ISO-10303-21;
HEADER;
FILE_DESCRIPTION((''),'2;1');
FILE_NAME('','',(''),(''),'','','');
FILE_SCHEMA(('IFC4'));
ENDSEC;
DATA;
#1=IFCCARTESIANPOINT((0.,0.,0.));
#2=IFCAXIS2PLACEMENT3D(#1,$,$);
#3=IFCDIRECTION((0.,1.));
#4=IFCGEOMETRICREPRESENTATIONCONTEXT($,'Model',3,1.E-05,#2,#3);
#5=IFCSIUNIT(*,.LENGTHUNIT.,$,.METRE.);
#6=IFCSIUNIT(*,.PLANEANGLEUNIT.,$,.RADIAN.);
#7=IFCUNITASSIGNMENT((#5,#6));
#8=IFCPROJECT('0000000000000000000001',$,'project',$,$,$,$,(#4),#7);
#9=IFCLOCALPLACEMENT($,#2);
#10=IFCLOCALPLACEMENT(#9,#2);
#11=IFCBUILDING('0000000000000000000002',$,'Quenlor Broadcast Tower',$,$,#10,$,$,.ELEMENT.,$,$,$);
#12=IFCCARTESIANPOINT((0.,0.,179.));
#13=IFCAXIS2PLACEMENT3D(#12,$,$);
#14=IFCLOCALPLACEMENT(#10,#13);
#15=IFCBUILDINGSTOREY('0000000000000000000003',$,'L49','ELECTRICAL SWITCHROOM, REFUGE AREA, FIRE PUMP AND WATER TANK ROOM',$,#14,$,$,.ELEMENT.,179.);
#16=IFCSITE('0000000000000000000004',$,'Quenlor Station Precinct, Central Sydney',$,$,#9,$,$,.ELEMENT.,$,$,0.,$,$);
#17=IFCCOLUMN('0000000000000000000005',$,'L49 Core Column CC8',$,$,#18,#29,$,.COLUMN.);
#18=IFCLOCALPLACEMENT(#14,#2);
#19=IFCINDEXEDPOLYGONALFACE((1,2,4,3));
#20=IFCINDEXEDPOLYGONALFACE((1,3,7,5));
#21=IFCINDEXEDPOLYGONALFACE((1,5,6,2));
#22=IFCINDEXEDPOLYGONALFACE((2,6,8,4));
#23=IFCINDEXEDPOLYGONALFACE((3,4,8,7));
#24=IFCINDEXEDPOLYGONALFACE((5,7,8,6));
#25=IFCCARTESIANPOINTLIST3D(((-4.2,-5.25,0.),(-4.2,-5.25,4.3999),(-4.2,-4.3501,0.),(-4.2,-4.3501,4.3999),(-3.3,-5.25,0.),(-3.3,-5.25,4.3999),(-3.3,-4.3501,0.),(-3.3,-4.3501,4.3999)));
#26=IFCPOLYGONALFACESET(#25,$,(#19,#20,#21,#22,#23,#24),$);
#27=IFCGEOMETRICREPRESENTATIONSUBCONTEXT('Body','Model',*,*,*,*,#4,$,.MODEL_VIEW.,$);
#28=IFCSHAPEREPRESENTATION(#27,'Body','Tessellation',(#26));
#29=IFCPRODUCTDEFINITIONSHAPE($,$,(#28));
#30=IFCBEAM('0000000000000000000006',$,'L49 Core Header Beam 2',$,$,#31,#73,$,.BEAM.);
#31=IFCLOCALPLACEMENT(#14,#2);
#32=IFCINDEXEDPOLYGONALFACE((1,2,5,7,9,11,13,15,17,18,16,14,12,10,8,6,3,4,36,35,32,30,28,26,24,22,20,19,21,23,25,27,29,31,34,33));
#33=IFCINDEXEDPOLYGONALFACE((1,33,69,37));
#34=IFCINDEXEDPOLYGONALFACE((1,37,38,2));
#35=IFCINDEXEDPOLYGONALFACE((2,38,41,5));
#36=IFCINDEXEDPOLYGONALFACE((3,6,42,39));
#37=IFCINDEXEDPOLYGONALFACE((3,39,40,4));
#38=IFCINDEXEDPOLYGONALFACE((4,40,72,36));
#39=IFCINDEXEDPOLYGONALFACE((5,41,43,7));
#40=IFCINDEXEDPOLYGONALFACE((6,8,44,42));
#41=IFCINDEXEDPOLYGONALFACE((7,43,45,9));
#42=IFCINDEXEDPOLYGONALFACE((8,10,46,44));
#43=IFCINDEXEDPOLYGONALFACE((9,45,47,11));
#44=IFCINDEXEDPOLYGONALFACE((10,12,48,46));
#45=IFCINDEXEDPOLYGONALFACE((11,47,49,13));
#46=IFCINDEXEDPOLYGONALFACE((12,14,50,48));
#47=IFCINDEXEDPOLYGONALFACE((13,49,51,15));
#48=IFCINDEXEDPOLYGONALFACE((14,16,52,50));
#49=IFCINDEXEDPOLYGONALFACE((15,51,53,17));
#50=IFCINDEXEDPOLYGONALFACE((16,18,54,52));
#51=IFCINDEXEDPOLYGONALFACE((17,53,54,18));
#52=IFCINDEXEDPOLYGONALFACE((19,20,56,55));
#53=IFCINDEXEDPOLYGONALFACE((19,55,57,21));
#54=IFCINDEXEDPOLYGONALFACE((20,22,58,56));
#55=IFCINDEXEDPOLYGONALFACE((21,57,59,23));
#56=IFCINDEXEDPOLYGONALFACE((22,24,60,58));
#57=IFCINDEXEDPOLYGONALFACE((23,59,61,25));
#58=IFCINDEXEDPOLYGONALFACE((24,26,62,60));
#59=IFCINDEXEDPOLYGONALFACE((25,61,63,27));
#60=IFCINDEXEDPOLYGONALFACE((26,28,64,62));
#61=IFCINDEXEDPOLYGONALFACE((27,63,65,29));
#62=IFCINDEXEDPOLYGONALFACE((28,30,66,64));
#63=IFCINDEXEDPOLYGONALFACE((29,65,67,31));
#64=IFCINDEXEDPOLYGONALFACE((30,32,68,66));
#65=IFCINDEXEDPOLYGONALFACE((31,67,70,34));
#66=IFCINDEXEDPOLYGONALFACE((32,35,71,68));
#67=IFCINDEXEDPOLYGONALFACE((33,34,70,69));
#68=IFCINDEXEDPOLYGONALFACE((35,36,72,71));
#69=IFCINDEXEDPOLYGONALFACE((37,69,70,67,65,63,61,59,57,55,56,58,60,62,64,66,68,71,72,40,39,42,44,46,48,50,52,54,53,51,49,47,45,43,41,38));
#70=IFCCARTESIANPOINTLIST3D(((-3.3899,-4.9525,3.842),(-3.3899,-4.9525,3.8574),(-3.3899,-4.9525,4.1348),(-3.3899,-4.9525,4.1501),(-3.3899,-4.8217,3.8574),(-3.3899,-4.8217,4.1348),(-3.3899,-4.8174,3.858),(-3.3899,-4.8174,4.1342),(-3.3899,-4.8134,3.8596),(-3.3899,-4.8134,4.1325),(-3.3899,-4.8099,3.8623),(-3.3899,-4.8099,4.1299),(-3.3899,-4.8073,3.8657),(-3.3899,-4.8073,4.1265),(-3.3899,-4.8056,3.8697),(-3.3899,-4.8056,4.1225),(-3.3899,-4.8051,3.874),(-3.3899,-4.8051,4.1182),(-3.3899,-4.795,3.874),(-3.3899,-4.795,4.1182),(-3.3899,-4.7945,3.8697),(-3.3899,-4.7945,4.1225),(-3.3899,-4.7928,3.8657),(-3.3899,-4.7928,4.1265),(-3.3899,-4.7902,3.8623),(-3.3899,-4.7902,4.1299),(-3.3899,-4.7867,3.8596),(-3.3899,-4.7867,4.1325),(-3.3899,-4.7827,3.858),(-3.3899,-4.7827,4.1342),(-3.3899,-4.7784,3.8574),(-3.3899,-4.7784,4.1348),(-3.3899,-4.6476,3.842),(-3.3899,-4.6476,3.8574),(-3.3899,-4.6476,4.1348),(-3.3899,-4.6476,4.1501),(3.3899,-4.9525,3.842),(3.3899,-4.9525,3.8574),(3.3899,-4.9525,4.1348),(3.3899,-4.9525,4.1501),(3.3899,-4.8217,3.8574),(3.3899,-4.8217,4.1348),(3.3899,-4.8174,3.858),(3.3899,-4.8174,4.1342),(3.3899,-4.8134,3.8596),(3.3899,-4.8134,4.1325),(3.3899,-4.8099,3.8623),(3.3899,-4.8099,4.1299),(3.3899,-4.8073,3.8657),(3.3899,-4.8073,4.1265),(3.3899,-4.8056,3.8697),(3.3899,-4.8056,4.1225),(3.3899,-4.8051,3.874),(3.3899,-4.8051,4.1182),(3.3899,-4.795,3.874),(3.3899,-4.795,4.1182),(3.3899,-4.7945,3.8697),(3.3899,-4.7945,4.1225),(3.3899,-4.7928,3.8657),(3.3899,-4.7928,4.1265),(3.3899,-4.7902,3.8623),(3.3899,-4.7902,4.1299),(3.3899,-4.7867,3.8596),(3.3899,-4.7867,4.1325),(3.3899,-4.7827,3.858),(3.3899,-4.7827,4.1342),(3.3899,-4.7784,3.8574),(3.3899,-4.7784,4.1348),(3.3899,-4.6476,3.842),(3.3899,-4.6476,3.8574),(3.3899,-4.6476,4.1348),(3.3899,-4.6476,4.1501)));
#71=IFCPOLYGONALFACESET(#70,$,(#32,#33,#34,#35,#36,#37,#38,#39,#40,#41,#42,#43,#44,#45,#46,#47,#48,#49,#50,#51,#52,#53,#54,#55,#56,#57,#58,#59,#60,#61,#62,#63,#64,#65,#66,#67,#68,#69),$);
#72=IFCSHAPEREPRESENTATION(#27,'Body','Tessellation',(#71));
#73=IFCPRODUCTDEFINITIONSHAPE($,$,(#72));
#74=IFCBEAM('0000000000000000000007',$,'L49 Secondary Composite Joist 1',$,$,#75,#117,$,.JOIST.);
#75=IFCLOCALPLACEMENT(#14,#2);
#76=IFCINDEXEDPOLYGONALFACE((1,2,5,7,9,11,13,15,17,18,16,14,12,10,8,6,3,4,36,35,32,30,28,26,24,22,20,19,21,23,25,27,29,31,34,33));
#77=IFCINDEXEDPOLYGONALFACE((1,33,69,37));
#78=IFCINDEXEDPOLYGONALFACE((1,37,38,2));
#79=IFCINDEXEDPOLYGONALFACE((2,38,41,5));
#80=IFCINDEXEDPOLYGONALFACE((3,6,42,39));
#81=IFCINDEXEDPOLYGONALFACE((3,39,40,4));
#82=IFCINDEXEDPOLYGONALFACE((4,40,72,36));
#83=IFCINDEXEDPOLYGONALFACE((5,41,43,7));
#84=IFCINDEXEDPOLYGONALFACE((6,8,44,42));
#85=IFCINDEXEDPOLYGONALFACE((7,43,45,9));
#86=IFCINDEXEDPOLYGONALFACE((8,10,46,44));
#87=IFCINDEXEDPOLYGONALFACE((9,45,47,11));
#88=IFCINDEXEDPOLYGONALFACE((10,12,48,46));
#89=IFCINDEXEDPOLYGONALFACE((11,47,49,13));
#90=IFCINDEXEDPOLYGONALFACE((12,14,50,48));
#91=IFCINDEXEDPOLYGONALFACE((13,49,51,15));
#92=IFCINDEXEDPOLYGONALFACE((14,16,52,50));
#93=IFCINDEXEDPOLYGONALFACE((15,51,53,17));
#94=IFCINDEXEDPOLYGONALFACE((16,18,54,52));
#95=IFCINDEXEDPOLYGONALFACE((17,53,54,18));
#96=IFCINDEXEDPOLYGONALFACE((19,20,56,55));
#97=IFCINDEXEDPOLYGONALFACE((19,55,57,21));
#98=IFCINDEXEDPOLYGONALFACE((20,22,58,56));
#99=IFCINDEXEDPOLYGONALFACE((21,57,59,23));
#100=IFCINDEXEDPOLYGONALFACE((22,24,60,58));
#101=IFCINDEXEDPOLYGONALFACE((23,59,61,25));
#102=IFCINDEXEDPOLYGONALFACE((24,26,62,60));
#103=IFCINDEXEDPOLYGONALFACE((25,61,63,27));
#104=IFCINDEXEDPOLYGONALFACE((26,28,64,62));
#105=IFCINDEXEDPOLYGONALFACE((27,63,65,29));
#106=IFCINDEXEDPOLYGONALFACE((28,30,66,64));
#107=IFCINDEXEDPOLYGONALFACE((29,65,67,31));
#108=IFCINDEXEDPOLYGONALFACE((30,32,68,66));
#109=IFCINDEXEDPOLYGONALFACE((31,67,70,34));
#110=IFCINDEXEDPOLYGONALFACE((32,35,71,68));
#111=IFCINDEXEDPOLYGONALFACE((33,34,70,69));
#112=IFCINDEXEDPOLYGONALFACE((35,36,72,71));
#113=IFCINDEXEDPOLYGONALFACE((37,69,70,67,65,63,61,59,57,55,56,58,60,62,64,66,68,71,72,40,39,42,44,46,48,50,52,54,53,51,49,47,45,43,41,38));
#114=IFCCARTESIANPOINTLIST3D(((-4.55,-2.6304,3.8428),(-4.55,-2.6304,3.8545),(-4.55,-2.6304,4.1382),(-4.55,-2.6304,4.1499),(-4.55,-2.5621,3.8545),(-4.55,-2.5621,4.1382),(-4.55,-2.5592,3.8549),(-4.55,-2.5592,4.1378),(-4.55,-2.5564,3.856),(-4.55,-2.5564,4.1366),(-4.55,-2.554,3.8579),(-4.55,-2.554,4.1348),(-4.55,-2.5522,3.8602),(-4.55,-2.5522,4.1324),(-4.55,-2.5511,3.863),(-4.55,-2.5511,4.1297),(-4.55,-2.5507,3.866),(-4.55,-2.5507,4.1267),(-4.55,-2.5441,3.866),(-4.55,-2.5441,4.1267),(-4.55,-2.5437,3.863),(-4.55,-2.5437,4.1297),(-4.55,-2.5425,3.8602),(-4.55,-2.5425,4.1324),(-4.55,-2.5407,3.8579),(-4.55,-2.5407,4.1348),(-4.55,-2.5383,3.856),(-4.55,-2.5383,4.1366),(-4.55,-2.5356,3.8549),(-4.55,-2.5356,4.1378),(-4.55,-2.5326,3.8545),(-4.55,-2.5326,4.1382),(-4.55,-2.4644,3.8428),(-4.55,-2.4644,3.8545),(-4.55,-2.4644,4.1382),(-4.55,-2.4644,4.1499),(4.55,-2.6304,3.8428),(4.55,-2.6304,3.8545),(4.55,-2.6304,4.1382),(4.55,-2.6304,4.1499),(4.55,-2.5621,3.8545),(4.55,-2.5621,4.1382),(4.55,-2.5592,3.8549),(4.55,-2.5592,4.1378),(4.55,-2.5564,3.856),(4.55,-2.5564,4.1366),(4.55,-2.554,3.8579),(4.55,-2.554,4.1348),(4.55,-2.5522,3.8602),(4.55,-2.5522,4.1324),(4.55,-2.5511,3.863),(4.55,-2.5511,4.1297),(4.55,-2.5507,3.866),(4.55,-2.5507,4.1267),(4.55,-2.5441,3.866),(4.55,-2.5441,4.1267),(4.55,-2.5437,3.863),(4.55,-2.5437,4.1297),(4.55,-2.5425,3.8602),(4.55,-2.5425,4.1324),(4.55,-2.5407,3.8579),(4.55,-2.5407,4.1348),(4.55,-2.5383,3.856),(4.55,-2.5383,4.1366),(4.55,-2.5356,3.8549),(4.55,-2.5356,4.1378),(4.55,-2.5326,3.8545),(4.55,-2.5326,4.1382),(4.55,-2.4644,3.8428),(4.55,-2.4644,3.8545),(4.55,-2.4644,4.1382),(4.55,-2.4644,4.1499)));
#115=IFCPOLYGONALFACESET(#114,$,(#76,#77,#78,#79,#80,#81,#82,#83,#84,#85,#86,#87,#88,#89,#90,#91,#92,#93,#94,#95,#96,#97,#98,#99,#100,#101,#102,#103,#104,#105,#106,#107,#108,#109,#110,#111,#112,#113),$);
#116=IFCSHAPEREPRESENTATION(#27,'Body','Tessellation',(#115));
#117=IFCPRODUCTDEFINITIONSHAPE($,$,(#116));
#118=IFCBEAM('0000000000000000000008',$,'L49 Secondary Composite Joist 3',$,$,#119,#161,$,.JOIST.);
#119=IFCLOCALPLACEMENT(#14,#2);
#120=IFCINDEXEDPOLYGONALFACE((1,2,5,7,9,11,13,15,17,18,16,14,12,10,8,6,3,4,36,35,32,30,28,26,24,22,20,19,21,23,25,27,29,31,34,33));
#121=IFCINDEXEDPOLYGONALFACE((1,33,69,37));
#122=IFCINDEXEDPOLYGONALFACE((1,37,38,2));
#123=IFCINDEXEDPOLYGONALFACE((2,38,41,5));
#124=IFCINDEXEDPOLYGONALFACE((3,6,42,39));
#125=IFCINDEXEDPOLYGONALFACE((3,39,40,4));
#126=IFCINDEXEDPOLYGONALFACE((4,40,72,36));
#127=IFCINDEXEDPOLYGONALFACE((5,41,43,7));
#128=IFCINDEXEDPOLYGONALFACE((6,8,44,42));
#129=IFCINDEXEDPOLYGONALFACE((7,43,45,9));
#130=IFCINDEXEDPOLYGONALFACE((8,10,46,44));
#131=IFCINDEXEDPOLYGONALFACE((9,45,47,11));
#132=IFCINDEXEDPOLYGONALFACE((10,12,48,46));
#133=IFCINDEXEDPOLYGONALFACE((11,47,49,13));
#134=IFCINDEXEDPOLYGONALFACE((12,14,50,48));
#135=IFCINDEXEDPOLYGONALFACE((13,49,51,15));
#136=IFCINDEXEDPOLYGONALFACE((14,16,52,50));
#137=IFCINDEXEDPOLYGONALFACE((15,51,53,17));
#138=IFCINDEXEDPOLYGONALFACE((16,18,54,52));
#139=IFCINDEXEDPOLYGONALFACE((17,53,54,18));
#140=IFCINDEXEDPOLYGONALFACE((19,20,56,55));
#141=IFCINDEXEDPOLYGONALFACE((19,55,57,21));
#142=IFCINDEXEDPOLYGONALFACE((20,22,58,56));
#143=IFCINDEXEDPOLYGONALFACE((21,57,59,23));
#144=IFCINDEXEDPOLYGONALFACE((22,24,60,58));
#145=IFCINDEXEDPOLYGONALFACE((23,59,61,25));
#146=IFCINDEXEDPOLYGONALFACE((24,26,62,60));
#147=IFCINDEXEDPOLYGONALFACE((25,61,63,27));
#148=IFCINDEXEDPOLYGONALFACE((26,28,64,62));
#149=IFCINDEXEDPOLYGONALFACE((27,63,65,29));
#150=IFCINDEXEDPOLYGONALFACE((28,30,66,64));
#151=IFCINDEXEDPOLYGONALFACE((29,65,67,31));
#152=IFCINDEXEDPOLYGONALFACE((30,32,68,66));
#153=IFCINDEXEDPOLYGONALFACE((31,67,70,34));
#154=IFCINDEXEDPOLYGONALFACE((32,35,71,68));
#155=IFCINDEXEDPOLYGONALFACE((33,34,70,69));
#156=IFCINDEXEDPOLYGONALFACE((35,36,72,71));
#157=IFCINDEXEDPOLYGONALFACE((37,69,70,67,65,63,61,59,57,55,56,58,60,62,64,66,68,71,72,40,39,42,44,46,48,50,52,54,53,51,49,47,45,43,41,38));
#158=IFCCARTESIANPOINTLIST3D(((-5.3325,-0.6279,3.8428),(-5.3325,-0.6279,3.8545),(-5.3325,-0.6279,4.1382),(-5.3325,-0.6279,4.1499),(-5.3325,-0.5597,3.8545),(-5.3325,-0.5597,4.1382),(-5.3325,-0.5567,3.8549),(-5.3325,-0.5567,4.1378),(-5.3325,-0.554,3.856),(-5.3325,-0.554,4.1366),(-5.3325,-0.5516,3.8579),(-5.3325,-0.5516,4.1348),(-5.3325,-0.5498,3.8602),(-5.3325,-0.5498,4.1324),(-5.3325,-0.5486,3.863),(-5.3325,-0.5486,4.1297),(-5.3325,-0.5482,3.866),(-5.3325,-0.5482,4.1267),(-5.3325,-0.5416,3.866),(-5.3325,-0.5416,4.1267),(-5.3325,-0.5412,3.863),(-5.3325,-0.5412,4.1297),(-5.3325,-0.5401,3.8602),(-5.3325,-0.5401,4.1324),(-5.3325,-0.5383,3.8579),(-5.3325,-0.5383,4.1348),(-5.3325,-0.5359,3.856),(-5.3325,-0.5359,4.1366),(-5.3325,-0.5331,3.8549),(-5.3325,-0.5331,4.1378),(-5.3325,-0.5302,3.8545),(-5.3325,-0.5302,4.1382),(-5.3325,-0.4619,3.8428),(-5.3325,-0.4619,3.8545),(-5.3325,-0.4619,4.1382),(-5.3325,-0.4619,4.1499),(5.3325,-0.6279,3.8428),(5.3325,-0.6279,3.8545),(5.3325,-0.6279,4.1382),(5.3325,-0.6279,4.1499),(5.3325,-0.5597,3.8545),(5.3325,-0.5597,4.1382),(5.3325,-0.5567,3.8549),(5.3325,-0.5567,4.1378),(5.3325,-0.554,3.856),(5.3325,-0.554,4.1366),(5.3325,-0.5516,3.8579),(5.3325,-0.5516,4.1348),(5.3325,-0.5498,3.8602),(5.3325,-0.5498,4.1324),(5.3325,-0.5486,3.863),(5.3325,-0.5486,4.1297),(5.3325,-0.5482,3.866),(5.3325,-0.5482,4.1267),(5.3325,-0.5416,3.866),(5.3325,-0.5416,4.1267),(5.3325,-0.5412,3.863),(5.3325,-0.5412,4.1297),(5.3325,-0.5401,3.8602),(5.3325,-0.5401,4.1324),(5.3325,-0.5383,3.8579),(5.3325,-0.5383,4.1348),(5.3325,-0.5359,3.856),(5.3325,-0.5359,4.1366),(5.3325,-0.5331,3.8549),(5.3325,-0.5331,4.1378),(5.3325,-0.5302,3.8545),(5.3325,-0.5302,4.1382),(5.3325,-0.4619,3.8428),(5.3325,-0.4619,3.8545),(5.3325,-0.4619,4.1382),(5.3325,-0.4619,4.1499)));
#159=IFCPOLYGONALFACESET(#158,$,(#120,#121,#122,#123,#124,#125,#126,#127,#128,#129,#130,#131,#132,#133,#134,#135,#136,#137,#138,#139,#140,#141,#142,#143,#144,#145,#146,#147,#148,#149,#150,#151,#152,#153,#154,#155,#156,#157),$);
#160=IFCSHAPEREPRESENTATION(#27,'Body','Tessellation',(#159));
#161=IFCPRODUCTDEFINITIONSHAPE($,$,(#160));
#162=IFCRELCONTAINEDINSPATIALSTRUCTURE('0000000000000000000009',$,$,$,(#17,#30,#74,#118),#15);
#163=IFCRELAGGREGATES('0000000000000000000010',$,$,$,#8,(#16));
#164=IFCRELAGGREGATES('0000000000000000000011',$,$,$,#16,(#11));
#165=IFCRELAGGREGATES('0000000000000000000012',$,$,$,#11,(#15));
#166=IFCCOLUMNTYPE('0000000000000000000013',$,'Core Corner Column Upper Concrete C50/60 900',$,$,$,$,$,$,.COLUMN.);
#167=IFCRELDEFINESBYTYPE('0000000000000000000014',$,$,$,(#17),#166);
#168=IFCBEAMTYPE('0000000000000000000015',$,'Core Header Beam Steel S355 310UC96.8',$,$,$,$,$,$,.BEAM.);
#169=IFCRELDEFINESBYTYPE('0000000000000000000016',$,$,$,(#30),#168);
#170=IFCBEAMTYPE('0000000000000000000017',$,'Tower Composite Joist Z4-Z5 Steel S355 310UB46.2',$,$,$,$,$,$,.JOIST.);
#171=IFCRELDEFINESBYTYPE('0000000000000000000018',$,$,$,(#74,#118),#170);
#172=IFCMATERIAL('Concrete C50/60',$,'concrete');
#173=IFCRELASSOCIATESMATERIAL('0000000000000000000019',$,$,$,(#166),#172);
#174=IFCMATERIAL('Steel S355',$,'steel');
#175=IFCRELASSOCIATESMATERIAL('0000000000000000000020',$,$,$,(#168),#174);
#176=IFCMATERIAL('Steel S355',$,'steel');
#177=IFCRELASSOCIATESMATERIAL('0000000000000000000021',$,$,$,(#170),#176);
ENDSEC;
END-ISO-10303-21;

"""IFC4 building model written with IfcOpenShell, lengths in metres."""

from ifc_helpers import new_model, si_unit, direction, frame, origin, origin_2d, place, context, subcontext, project, spatial, rectangle, i_section, extrude, material, material_profile, profile_set, type_object, element, save


model = new_model("IFC4")

# Units and contexts
model_context = context("Model", 3, precision=1e-05, world=origin(), true_north=direction((0.0, 1.0)))
body_context = subcontext(model_context, "Body", "Model", "MODEL_VIEW")
ifc_project = project(units=[si_unit("LENGTHUNIT", "METRE"), si_unit("PLANEANGLEUNIT", "RADIAN")], contexts=[model_context])

# Site, building, storey
site_placement = place(None, origin())
site = spatial("IfcSite", under=ifc_project, at=site_placement, Name="Quenlor Station Precinct, Central Sydney", CompositionType="ELEMENT", RefElevation=0.0)
building_placement = place(site_placement, origin())
building = spatial("IfcBuilding", under=site, at=building_placement, Name="Quenlor Broadcast Tower", CompositionType="ELEMENT")
storey_placement = place(building_placement, frame((0.0, 0.0, 179.0)))
storey = spatial("IfcBuildingStorey", under=building, at=storey_placement, Name="L49", Description="ELECTRICAL SWITCHROOM, REFUGE AREA, FIRE PUMP AND WATER TANK ROOM", CompositionType="ELEMENT", Elevation=179.0)

# Column
ifc_material_1 = material(Name="Concrete C50/60", Category="concrete")
ifc_material_profile_1 = material_profile(ifc_material_1, rectangle(XDim=0.8999, YDim=0.8999, at=origin_2d()))
ifc_profile_set_1 = profile_set([ifc_material_profile_1], Name="Concrete C50/60 RC900x900")
column_type = type_object("IfcColumnType", Name="Core Corner Column Upper Concrete C50/60 900", PredefinedType="COLUMN", material=ifc_profile_set_1)
column_placement = place(storey_placement, frame((-3.75, -4.8, 0.0), z_axis=(0.0, 0.0, 1.0), x_axis=(1.0, 0.0, 0.0)))
element("IfcColumn", 1, at=column_placement, inside=storey, type_object=column_type, Name="L49 Core Column CC8", PredefinedType="COLUMN", context=body_context, shape_type="SweptSolid", body=[
    extrude(rectangle(XDim=0.8999, YDim=0.8999, at=origin_2d()), origin(), (0.0, 0.0, 1.0), 4.3999),
])

# Beams
ifc_material_2 = material(Name="Steel S355", Category="steel")
ifc_material_profile_2 = material_profile(ifc_material_2, i_section(OverallWidth=0.3049, OverallDepth=0.3081, WebThickness=0.01, FlangeThickness=0.0154, FilletRadius=0.0166, at=origin_2d()))
ifc_profile_set_2 = profile_set([ifc_material_profile_2], Name="Steel S355 310UC96.8")
beam_type_1 = type_object("IfcBeamType", Name="Core Header Beam Steel S355 310UC96.8", PredefinedType="BEAM", material=ifc_profile_set_2)
beam_1_placement = place(storey_placement, frame((-3.3899, -4.8, 3.9961), z_axis=(1.0, 0.0, 0.0), x_axis=(0.0, 1.0, 0.0)))
element("IfcBeam", 2, at=beam_1_placement, inside=storey, type_object=beam_type_1, Name="L49 Core Header Beam 2", PredefinedType="BEAM", context=body_context, shape_type="SweptSolid", body=[
    extrude(i_section(OverallWidth=0.3049, OverallDepth=0.3081, WebThickness=0.01, FlangeThickness=0.0154, FilletRadius=0.0166, at=origin_2d()), origin(), (0.0, 0.0, 1.0), 6.7798),
])
ifc_material_3 = material(Name="Steel S355", Category="steel")
ifc_material_profile_3 = material_profile(ifc_material_3, i_section(OverallWidth=0.166, OverallDepth=0.3071, WebThickness=0.0066, FlangeThickness=0.0117, FilletRadius=0.0115, at=origin_2d()))
ifc_profile_set_3 = profile_set([ifc_material_profile_3], Name="Steel S355 310UB46.2")
beam_type_2 = type_object("IfcBeamType", Name="Tower Composite Joist Z4-Z5 Steel S355 310UB46.2", PredefinedType="JOIST", material=ifc_profile_set_3)
beam_2_placement = place(storey_placement, frame((-4.55, -2.5474, 3.9963), z_axis=(1.0, 0.0, 0.0), x_axis=(0.0, 1.0, 0.0)))
element("IfcBeam", 3, at=beam_2_placement, inside=storey, type_object=beam_type_2, Name="L49 Secondary Composite Joist 1", PredefinedType="JOIST", context=body_context, shape_type="SweptSolid", body=[
    extrude(i_section(OverallWidth=0.166, OverallDepth=0.3071, WebThickness=0.0066, FlangeThickness=0.0117, FilletRadius=0.0115, at=origin_2d()), origin(), (0.0, 0.0, 1.0), 9.1001),
])
beam_3_placement = place(storey_placement, frame((-5.3325, -0.5449, 3.9963), z_axis=(1.0, 0.0, 0.0), x_axis=(0.0, 1.0, 0.0)))
element("IfcBeam", 4, at=beam_3_placement, inside=storey, type_object=beam_type_2, Name="L49 Secondary Composite Joist 3", PredefinedType="JOIST", context=body_context, shape_type="SweptSolid", body=[
    extrude(i_section(OverallWidth=0.166, OverallDepth=0.3071, WebThickness=0.0066, FlangeThickness=0.0117, FilletRadius=0.0115, at=origin_2d()), origin(), (0.0, 0.0, 1.0), 10.665),
])

save(model, "model.ifc")
